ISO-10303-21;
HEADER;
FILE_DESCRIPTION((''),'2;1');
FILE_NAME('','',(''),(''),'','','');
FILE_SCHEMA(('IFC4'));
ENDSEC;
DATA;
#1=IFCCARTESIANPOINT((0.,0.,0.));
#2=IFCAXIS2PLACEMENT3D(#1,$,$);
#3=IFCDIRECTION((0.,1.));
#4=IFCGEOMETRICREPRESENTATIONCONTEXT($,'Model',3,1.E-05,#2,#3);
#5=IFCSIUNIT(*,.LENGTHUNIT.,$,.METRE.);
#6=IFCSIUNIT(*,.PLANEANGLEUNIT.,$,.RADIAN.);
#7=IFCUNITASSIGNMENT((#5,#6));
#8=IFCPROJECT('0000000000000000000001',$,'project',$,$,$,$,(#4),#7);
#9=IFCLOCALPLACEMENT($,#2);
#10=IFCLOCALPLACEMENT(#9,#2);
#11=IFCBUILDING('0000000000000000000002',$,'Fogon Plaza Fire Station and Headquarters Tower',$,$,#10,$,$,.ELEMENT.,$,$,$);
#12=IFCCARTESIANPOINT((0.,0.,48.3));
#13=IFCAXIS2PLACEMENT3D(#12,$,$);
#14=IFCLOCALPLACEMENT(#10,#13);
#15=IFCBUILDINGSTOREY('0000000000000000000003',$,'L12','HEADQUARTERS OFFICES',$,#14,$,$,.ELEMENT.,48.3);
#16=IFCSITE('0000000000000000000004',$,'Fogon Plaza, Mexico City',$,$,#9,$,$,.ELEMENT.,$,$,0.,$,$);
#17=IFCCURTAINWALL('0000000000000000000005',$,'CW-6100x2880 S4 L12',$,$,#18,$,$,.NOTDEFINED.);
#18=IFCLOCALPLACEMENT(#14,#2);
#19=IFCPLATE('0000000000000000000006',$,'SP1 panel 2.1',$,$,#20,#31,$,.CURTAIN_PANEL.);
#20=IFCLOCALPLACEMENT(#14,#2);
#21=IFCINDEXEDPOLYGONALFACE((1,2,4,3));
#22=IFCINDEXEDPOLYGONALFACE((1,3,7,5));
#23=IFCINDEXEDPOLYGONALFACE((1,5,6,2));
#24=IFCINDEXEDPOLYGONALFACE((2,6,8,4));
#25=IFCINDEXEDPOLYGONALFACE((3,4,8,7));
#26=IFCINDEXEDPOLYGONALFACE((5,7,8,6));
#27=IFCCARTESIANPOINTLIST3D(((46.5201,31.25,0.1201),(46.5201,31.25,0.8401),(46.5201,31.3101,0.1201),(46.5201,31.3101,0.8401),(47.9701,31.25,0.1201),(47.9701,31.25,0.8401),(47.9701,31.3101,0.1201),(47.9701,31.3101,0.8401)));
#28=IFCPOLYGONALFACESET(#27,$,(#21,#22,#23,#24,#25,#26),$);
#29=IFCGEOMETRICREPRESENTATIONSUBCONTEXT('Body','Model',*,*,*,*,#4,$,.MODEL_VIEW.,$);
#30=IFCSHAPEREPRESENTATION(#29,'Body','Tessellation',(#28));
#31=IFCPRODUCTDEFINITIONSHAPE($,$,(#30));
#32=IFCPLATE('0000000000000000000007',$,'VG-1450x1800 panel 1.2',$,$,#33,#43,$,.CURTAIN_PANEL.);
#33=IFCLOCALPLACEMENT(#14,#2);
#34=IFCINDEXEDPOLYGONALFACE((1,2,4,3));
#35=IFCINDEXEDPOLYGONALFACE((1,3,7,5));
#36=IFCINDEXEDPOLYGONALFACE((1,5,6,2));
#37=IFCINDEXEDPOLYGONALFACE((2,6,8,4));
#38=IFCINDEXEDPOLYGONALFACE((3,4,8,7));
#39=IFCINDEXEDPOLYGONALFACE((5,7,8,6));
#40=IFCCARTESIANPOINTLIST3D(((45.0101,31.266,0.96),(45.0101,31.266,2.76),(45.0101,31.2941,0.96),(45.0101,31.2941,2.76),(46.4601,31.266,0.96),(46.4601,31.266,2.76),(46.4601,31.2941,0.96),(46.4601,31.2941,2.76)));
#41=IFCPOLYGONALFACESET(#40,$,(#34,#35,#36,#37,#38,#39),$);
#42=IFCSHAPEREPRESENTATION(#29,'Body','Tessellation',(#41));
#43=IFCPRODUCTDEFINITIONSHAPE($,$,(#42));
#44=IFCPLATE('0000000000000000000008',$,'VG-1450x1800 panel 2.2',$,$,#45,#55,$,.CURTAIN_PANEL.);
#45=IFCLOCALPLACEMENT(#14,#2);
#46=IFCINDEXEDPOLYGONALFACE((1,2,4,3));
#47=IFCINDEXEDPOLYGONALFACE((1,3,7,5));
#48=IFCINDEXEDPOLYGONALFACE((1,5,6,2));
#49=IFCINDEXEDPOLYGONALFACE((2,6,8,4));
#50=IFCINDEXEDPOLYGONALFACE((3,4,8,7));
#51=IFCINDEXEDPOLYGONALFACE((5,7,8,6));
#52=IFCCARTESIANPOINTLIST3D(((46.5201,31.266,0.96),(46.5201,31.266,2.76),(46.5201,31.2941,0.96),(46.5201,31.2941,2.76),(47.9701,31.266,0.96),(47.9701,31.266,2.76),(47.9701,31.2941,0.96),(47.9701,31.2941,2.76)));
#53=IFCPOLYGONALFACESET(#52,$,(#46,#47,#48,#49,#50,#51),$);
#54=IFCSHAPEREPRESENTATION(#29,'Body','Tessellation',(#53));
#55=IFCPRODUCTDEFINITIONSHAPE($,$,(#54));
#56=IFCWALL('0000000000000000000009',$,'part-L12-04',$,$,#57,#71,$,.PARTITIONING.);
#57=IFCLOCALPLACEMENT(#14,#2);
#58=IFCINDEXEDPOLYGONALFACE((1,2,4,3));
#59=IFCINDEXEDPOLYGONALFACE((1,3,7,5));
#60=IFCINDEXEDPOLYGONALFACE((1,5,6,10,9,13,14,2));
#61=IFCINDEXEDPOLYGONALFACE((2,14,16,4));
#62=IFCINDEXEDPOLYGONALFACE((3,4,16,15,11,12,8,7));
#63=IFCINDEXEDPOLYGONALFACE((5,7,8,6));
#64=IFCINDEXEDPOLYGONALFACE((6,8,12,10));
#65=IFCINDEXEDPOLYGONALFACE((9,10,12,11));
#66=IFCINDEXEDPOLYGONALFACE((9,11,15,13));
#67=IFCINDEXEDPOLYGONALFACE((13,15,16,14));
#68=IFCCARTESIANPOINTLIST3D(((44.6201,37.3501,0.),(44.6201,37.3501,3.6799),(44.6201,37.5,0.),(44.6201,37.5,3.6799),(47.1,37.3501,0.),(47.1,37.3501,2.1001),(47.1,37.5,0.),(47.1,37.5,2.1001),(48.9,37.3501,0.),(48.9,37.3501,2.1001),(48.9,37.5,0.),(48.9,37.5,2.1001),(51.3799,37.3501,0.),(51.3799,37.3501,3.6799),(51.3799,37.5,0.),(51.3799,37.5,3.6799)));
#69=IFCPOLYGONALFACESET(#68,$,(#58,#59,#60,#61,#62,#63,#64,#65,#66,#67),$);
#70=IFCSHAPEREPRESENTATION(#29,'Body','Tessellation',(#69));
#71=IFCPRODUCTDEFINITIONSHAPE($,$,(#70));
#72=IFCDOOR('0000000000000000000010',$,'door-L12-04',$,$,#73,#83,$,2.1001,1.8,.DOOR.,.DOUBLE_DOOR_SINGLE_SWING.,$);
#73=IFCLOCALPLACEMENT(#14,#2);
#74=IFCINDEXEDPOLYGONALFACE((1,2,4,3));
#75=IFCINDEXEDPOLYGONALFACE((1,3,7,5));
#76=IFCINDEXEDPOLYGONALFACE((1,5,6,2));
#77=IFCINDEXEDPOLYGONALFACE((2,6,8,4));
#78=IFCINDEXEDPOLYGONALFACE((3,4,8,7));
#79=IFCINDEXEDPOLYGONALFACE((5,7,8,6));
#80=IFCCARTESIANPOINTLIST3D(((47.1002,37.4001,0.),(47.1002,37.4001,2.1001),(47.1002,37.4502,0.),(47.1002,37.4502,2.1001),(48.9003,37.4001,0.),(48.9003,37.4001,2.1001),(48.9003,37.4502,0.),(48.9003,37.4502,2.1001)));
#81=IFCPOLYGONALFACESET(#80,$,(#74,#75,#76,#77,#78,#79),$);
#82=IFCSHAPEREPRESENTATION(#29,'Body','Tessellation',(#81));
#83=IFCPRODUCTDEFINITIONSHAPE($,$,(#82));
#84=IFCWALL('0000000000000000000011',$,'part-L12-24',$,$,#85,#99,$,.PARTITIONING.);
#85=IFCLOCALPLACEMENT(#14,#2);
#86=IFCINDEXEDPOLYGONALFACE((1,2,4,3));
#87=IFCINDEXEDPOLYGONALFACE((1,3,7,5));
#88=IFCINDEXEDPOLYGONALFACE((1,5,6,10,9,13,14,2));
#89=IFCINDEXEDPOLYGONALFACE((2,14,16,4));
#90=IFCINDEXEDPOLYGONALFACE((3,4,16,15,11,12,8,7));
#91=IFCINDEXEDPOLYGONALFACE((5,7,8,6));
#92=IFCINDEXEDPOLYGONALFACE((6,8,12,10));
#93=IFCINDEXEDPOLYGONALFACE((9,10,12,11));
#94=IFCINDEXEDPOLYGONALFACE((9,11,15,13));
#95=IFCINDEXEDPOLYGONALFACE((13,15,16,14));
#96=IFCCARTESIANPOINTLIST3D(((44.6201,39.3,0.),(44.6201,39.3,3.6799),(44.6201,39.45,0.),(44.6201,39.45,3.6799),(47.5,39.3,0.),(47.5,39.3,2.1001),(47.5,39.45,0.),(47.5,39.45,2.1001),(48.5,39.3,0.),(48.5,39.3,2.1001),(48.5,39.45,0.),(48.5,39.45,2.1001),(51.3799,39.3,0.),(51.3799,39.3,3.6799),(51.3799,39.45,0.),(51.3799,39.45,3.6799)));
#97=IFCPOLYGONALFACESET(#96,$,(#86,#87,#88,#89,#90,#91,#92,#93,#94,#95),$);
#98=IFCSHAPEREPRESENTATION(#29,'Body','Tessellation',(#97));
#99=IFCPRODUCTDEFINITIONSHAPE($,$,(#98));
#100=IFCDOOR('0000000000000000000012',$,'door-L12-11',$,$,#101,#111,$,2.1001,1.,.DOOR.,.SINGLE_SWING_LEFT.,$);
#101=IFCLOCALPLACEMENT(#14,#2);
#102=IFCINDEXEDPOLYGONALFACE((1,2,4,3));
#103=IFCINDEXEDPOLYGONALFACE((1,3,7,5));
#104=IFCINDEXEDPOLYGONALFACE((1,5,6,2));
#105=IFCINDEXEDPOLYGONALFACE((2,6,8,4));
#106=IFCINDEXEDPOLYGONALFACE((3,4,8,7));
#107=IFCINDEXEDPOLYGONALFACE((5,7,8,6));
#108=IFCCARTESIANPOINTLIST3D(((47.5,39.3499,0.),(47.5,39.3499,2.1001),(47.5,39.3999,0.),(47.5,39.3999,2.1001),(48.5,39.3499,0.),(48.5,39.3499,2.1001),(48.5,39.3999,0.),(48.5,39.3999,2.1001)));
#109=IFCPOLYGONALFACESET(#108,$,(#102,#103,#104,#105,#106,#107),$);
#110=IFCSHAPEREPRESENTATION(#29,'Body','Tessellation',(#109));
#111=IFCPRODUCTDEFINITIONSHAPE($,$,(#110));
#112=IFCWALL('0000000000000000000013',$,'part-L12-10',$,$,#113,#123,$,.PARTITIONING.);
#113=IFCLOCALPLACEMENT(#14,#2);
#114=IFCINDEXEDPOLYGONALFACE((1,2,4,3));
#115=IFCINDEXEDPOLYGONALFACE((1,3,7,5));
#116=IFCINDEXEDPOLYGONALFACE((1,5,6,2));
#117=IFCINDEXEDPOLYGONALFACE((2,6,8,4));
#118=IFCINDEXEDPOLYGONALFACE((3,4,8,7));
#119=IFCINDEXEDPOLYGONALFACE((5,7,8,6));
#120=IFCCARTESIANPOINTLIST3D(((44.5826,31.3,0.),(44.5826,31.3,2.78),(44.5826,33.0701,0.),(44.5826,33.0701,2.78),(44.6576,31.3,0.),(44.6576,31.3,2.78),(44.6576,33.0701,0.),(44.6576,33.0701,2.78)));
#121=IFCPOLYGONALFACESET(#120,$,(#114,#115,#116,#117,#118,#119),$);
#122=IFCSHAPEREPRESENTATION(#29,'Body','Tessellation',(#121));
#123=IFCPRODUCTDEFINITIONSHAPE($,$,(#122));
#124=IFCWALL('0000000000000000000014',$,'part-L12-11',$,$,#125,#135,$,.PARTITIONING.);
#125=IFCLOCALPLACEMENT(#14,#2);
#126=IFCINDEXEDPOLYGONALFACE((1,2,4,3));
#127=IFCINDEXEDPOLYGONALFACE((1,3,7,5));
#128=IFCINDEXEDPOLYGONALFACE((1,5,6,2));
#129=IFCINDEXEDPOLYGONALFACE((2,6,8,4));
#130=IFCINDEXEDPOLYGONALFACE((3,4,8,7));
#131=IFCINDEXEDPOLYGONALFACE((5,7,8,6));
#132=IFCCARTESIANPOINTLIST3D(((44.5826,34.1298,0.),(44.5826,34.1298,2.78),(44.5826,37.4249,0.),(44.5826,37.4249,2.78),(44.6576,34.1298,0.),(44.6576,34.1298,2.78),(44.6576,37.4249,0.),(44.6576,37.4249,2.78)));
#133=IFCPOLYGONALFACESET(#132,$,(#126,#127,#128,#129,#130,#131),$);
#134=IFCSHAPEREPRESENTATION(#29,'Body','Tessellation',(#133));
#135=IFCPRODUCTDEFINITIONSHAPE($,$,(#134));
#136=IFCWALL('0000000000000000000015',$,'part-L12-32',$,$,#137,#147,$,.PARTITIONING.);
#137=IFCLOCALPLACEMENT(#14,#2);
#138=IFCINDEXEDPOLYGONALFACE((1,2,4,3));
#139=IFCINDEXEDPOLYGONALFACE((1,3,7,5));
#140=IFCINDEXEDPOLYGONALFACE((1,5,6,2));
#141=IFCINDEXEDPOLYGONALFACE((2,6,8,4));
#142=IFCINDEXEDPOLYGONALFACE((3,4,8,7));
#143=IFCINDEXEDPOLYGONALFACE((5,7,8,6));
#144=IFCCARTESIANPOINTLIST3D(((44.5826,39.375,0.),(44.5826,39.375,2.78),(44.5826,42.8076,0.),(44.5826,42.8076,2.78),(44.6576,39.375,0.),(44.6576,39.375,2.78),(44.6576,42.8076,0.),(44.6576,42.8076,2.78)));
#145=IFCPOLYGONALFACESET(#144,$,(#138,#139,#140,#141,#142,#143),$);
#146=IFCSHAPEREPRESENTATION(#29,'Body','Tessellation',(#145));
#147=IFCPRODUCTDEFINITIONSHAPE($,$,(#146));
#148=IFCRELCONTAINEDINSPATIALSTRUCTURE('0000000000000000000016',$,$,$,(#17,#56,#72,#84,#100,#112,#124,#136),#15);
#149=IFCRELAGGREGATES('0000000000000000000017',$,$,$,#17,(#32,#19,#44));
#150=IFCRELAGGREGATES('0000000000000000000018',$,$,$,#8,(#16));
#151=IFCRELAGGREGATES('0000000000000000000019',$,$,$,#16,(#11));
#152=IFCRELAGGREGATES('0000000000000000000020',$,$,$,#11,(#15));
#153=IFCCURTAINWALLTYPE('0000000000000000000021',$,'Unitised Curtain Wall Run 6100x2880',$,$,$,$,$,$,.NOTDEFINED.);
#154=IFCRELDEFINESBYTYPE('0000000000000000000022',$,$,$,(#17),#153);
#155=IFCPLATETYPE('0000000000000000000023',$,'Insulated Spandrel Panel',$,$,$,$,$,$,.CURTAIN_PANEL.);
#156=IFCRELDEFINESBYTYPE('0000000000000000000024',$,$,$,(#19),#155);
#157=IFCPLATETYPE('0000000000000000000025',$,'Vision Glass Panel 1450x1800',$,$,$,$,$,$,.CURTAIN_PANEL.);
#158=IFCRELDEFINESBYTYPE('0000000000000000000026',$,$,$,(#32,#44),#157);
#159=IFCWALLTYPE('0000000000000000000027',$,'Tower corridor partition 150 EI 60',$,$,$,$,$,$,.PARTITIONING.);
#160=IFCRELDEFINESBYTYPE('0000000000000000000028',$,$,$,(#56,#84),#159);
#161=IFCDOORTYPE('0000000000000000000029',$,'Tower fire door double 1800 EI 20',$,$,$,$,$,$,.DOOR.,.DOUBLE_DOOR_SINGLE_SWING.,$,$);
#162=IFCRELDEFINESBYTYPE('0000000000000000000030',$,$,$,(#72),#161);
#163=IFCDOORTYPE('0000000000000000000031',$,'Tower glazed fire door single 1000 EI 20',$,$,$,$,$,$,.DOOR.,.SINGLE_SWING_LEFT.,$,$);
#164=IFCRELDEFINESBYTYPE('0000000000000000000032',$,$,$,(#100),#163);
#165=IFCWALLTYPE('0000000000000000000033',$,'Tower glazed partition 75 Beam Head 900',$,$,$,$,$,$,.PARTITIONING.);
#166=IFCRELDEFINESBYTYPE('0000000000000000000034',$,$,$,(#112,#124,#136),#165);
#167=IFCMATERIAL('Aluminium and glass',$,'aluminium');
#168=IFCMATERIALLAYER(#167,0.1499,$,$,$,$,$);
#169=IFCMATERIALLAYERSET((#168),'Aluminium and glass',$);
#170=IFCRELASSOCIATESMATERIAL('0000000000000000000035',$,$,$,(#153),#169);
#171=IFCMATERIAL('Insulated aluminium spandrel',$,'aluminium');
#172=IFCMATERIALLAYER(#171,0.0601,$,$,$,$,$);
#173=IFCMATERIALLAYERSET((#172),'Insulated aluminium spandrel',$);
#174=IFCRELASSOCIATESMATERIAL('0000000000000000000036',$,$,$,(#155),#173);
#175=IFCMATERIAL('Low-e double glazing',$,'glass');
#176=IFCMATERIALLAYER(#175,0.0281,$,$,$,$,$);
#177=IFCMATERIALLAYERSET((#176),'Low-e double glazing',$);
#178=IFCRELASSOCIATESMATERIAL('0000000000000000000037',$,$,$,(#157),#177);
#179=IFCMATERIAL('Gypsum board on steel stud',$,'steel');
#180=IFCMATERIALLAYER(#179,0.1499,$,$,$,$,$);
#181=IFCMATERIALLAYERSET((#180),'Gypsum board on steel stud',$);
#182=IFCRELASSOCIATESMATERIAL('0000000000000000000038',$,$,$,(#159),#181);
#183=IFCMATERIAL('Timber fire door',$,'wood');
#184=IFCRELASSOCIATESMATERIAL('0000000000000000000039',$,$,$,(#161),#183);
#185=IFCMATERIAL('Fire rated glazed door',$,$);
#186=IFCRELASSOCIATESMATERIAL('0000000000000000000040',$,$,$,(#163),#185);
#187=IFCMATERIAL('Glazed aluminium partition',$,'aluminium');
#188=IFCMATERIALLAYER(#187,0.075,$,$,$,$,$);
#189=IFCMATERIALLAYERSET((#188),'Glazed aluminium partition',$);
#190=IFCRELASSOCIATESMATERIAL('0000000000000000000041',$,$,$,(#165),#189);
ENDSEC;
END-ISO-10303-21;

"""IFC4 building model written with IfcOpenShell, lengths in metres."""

from ifc_helpers import new_model, si_unit, direction, frame, frame_2d, origin, origin_2d, place, context, subcontext, project, spatial, rectangle, extrude, material, layer, layer_set, type_object, element, fill, aggregate, save


model = new_model("IFC4")

# Units and contexts
model_context = context("Model", 3, precision=1e-05, world=origin(), true_north=direction((0.0, 1.0)))
body_context = subcontext(model_context, "Body", "Model", "MODEL_VIEW")
ifc_project = project(units=[si_unit("LENGTHUNIT", "METRE"), si_unit("PLANEANGLEUNIT", "RADIAN")], contexts=[model_context])

# Site, building, storey
site_placement = place(None, origin())
site = spatial("IfcSite", under=ifc_project, at=site_placement, Name="Fogon Plaza, Mexico City", CompositionType="ELEMENT", RefElevation=0.0)
building_placement = place(site_placement, origin())
building = spatial("IfcBuilding", under=site, at=building_placement, Name="Fogon Plaza Fire Station and Headquarters Tower", CompositionType="ELEMENT")
storey_placement = place(building_placement, frame((0.0, 0.0, 48.3)))
storey = spatial("IfcBuildingStorey", under=building, at=storey_placement, Name="L12", Description="HEADQUARTERS OFFICES", CompositionType="ELEMENT", Elevation=48.3)

# Curtain wall
ifc_material_1 = material(Name="Aluminium and glass", Category="aluminium")
ifc_layer_1 = layer(ifc_material_1, 0.1499)
ifc_layer_set_1 = layer_set([ifc_layer_1], Name="Aluminium and glass")
curtain_wall_type = type_object("IfcCurtainWallType", Name="Unitised Curtain Wall Run 6100x2880", PredefinedType="NOTDEFINED", material=ifc_layer_set_1)
curtain_wall_placement = place(storey_placement, origin())
curtain_wall = element("IfcCurtainWall", 1, at=curtain_wall_placement, inside=storey, type_object=curtain_wall_type, Name="CW-6100x2880 S4 L12", PredefinedType="NOTDEFINED")

# Plates
ifc_material_2 = material(Name="Insulated aluminium spandrel", Category="aluminium")
ifc_layer_2 = layer(ifc_material_2, 0.0601)
ifc_layer_set_2 = layer_set([ifc_layer_2], Name="Insulated aluminium spandrel")
plate_type_1 = type_object("IfcPlateType", Name="Insulated Spandrel Panel", PredefinedType="CURTAIN_PANEL", material=ifc_layer_set_2)
plate_1_placement = place(storey_placement, frame((47.2451, 31.28, 0.1201), z_axis=(0.0, 0.0, 1.0), x_axis=(1.0, 0.0, 0.0)))
plate_1 = element("IfcPlate", 2, at=plate_1_placement, type_object=plate_type_1, Name="SP1 panel 2.1", PredefinedType="CURTAIN_PANEL", context=body_context, shape_type="SweptSolid", body=[
    extrude(rectangle(XDim=1.45, YDim=0.0601, at=origin_2d()), origin(), (0.0, 0.0, 1.0), 0.72),
])
ifc_material_3 = material(Name="Low-e double glazing", Category="glass")
ifc_layer_3 = layer(ifc_material_3, 0.0281)
ifc_layer_set_3 = layer_set([ifc_layer_3], Name="Low-e double glazing")
plate_type_2 = type_object("IfcPlateType", Name="Vision Glass Panel 1450x1800", PredefinedType="CURTAIN_PANEL", material=ifc_layer_set_3)
plate_2_placement = place(storey_placement, frame((45.7351, 31.28, 0.96), z_axis=(0.0, 0.0, 1.0), x_axis=(1.0, 0.0, 0.0)))
plate_2 = element("IfcPlate", 3, at=plate_2_placement, type_object=plate_type_2, Name="VG-1450x1800 panel 1.2", PredefinedType="CURTAIN_PANEL", context=body_context, shape_type="SweptSolid", body=[
    extrude(rectangle(XDim=1.45, YDim=0.0281, at=origin_2d()), origin(), (0.0, 0.0, 1.0), 1.8),
])
plate_3_placement = place(storey_placement, frame((47.2451, 31.28, 0.96), z_axis=(0.0, 0.0, 1.0), x_axis=(1.0, 0.0, 0.0)))
plate_3 = element("IfcPlate", 4, at=plate_3_placement, type_object=plate_type_2, Name="VG-1450x1800 panel 2.2", PredefinedType="CURTAIN_PANEL", context=body_context, shape_type="SweptSolid", body=[
    extrude(rectangle(XDim=1.45, YDim=0.0281, at=origin_2d()), origin(), (0.0, 0.0, 1.0), 1.8),
])
aggregate(curtain_wall, [plate_2, plate_1, plate_3])

# Walls, openings, doors
ifc_material_4 = material(Name="Gypsum board on steel stud", Category="steel")
ifc_layer_4 = layer(ifc_material_4, 0.1499)
ifc_layer_set_4 = layer_set([ifc_layer_4], Name="Gypsum board on steel stud")
wall_type_1 = type_object("IfcWallType", Name="Tower corridor partition 150 EI 60", PredefinedType="PARTITIONING", material=ifc_layer_set_4)
wall_1_placement = place(storey_placement, frame((44.6201, 37.425, 0.0), z_axis=(0.0, 0.0, 1.0), x_axis=(1.0, 0.0, 0.0)))
wall_1 = element("IfcWall", 5, at=wall_1_placement, inside=storey, type_object=wall_type_1, Name="part-L12-04", PredefinedType="PARTITIONING", context=body_context, shape_type="SweptSolid", body=[
    extrude(rectangle(XDim=6.7598, YDim=0.1499, at=frame_2d((3.3799, 0.0))), origin(), (0.0, 0.0, 1.0), 3.6799),
])
opening_1_placement = place(wall_1_placement, frame((2.48, 0.0, 0.0)))
opening_1 = element("IfcOpeningElement", 6, at=opening_1_placement, cuts=wall_1, PredefinedType="OPENING", context=body_context, shape_type="SweptSolid", body=[
    extrude(rectangle(XDim=1.8, YDim=2.1001, at=frame_2d((0.8999, 1.05))), frame((0.0, 0.085, 0.0), z_axis=(0.0, -1.0, 0.0), x_axis=(1.0, 0.0, 0.0)), (0.0, 0.0, 1.0), 0.1699),
])
ifc_material_5 = material(Name="Timber fire door", Category="wood")
door_type_1 = type_object("IfcDoorType", Name="Tower fire door double 1800 EI 20", OperationType="DOUBLE_DOOR_SINGLE_SWING", PredefinedType="DOOR", material=ifc_material_5)
door_1_placement = place(opening_1_placement, frame((1.8, 0.0, 0.0), z_axis=(0.0, 0.0, 1.0), x_axis=(-1.0, 0.0, 0.0)))
door_1 = element("IfcDoor", 7, at=door_1_placement, inside=storey, type_object=door_type_1, Name="door-L12-04", OperationType="DOUBLE_DOOR_SINGLE_SWING", OverallHeight=2.1001, OverallWidth=1.8, PredefinedType="DOOR", context=body_context, shape_type="SweptSolid", body=[
    extrude(rectangle(XDim=1.8, YDim=2.1001, at=frame_2d((0.8999, 1.05))), frame((0.0, 0.0249, 0.0), z_axis=(0.0, -1.0, 0.0), x_axis=(1.0, 0.0, 0.0)), (0.0, 0.0, 1.0), 0.05),
])
fill(opening_1, door_1)
wall_2_placement = place(storey_placement, frame((44.6201, 39.375, 0.0), z_axis=(0.0, 0.0, 1.0), x_axis=(1.0, 0.0, 0.0)))
wall_2 = element("IfcWall", 8, at=wall_2_placement, inside=storey, type_object=wall_type_1, Name="part-L12-24", PredefinedType="PARTITIONING", context=body_context, shape_type="SweptSolid", body=[
    extrude(rectangle(XDim=6.7598, YDim=0.1499, at=frame_2d((3.3799, 0.0))), origin(), (0.0, 0.0, 1.0), 3.6799),
])
opening_2_placement = place(wall_2_placement, frame((2.8799, 0.0, 0.0)))
opening_2 = element("IfcOpeningElement", 9, at=opening_2_placement, cuts=wall_2, PredefinedType="OPENING", context=body_context, shape_type="SweptSolid", body=[
    extrude(rectangle(XDim=1.0, YDim=2.1001, at=frame_2d((0.5, 1.05))), frame((0.0, 0.085, 0.0), z_axis=(0.0, -1.0, 0.0), x_axis=(1.0, 0.0, 0.0)), (0.0, 0.0, 1.0), 0.1699),
])
ifc_material_6 = material(Name="Fire rated glazed door")
door_type_2 = type_object("IfcDoorType", Name="Tower glazed fire door single 1000 EI 20", OperationType="SINGLE_SWING_LEFT", PredefinedType="DOOR", material=ifc_material_6)
door_2_placement = place(opening_2_placement, origin())
door_2 = element("IfcDoor", 10, at=door_2_placement, inside=storey, type_object=door_type_2, Name="door-L12-11", OperationType="SINGLE_SWING_LEFT", OverallHeight=2.1001, OverallWidth=1.0, PredefinedType="DOOR", context=body_context, shape_type="SweptSolid", body=[
    extrude(rectangle(XDim=1.0, YDim=2.1001, at=frame_2d((0.5, 1.05))), frame((0.0, 0.0249, 0.0), z_axis=(0.0, -1.0, 0.0), x_axis=(1.0, 0.0, 0.0)), (0.0, 0.0, 1.0), 0.05),
])
fill(opening_2, door_2)

# Walls
ifc_material_7 = material(Name="Glazed aluminium partition", Category="aluminium")
ifc_layer_5 = layer(ifc_material_7, 0.075)
ifc_layer_set_5 = layer_set([ifc_layer_5], Name="Glazed aluminium partition")
wall_type_2 = type_object("IfcWallType", Name="Tower glazed partition 75 Beam Head 900", PredefinedType="PARTITIONING", material=ifc_layer_set_5)
wall_3_placement = place(storey_placement, frame((44.6201, 31.3, 0.0), z_axis=(0.0, 0.0, 1.0), x_axis=(0.0, 1.0, 0.0)))
element("IfcWall", 11, at=wall_3_placement, inside=storey, type_object=wall_type_2, Name="part-L12-10", PredefinedType="PARTITIONING", context=body_context, shape_type="SweptSolid", body=[
    extrude(rectangle(XDim=1.77, YDim=0.075, at=frame_2d((0.885, 0.0))), origin(), (0.0, 0.0, 1.0), 2.78),
])
wall_4_placement = place(storey_placement, frame((44.6201, 34.1299, 0.0), z_axis=(0.0, 0.0, 1.0), x_axis=(0.0, 1.0, 0.0)))
element("IfcWall", 12, at=wall_4_placement, inside=storey, type_object=wall_type_2, Name="part-L12-11", PredefinedType="PARTITIONING", context=body_context, shape_type="SweptSolid", body=[
    extrude(rectangle(XDim=3.2952, YDim=0.075, at=frame_2d((1.6475, 0.0))), origin(), (0.0, 0.0, 1.0), 2.78),
])
wall_5_placement = place(storey_placement, frame((44.6201, 39.375, 0.0), z_axis=(0.0, 0.0, 1.0), x_axis=(0.0, 1.0, 0.0)))
element("IfcWall", 13, at=wall_5_placement, inside=storey, type_object=wall_type_2, Name="part-L12-32", PredefinedType="PARTITIONING", context=body_context, shape_type="SweptSolid", body=[
    extrude(rectangle(XDim=3.4326, YDim=0.075, at=frame_2d((1.7163, 0.0))), origin(), (0.0, 0.0, 1.0), 2.78),
])

save(model, "model.ifc")
